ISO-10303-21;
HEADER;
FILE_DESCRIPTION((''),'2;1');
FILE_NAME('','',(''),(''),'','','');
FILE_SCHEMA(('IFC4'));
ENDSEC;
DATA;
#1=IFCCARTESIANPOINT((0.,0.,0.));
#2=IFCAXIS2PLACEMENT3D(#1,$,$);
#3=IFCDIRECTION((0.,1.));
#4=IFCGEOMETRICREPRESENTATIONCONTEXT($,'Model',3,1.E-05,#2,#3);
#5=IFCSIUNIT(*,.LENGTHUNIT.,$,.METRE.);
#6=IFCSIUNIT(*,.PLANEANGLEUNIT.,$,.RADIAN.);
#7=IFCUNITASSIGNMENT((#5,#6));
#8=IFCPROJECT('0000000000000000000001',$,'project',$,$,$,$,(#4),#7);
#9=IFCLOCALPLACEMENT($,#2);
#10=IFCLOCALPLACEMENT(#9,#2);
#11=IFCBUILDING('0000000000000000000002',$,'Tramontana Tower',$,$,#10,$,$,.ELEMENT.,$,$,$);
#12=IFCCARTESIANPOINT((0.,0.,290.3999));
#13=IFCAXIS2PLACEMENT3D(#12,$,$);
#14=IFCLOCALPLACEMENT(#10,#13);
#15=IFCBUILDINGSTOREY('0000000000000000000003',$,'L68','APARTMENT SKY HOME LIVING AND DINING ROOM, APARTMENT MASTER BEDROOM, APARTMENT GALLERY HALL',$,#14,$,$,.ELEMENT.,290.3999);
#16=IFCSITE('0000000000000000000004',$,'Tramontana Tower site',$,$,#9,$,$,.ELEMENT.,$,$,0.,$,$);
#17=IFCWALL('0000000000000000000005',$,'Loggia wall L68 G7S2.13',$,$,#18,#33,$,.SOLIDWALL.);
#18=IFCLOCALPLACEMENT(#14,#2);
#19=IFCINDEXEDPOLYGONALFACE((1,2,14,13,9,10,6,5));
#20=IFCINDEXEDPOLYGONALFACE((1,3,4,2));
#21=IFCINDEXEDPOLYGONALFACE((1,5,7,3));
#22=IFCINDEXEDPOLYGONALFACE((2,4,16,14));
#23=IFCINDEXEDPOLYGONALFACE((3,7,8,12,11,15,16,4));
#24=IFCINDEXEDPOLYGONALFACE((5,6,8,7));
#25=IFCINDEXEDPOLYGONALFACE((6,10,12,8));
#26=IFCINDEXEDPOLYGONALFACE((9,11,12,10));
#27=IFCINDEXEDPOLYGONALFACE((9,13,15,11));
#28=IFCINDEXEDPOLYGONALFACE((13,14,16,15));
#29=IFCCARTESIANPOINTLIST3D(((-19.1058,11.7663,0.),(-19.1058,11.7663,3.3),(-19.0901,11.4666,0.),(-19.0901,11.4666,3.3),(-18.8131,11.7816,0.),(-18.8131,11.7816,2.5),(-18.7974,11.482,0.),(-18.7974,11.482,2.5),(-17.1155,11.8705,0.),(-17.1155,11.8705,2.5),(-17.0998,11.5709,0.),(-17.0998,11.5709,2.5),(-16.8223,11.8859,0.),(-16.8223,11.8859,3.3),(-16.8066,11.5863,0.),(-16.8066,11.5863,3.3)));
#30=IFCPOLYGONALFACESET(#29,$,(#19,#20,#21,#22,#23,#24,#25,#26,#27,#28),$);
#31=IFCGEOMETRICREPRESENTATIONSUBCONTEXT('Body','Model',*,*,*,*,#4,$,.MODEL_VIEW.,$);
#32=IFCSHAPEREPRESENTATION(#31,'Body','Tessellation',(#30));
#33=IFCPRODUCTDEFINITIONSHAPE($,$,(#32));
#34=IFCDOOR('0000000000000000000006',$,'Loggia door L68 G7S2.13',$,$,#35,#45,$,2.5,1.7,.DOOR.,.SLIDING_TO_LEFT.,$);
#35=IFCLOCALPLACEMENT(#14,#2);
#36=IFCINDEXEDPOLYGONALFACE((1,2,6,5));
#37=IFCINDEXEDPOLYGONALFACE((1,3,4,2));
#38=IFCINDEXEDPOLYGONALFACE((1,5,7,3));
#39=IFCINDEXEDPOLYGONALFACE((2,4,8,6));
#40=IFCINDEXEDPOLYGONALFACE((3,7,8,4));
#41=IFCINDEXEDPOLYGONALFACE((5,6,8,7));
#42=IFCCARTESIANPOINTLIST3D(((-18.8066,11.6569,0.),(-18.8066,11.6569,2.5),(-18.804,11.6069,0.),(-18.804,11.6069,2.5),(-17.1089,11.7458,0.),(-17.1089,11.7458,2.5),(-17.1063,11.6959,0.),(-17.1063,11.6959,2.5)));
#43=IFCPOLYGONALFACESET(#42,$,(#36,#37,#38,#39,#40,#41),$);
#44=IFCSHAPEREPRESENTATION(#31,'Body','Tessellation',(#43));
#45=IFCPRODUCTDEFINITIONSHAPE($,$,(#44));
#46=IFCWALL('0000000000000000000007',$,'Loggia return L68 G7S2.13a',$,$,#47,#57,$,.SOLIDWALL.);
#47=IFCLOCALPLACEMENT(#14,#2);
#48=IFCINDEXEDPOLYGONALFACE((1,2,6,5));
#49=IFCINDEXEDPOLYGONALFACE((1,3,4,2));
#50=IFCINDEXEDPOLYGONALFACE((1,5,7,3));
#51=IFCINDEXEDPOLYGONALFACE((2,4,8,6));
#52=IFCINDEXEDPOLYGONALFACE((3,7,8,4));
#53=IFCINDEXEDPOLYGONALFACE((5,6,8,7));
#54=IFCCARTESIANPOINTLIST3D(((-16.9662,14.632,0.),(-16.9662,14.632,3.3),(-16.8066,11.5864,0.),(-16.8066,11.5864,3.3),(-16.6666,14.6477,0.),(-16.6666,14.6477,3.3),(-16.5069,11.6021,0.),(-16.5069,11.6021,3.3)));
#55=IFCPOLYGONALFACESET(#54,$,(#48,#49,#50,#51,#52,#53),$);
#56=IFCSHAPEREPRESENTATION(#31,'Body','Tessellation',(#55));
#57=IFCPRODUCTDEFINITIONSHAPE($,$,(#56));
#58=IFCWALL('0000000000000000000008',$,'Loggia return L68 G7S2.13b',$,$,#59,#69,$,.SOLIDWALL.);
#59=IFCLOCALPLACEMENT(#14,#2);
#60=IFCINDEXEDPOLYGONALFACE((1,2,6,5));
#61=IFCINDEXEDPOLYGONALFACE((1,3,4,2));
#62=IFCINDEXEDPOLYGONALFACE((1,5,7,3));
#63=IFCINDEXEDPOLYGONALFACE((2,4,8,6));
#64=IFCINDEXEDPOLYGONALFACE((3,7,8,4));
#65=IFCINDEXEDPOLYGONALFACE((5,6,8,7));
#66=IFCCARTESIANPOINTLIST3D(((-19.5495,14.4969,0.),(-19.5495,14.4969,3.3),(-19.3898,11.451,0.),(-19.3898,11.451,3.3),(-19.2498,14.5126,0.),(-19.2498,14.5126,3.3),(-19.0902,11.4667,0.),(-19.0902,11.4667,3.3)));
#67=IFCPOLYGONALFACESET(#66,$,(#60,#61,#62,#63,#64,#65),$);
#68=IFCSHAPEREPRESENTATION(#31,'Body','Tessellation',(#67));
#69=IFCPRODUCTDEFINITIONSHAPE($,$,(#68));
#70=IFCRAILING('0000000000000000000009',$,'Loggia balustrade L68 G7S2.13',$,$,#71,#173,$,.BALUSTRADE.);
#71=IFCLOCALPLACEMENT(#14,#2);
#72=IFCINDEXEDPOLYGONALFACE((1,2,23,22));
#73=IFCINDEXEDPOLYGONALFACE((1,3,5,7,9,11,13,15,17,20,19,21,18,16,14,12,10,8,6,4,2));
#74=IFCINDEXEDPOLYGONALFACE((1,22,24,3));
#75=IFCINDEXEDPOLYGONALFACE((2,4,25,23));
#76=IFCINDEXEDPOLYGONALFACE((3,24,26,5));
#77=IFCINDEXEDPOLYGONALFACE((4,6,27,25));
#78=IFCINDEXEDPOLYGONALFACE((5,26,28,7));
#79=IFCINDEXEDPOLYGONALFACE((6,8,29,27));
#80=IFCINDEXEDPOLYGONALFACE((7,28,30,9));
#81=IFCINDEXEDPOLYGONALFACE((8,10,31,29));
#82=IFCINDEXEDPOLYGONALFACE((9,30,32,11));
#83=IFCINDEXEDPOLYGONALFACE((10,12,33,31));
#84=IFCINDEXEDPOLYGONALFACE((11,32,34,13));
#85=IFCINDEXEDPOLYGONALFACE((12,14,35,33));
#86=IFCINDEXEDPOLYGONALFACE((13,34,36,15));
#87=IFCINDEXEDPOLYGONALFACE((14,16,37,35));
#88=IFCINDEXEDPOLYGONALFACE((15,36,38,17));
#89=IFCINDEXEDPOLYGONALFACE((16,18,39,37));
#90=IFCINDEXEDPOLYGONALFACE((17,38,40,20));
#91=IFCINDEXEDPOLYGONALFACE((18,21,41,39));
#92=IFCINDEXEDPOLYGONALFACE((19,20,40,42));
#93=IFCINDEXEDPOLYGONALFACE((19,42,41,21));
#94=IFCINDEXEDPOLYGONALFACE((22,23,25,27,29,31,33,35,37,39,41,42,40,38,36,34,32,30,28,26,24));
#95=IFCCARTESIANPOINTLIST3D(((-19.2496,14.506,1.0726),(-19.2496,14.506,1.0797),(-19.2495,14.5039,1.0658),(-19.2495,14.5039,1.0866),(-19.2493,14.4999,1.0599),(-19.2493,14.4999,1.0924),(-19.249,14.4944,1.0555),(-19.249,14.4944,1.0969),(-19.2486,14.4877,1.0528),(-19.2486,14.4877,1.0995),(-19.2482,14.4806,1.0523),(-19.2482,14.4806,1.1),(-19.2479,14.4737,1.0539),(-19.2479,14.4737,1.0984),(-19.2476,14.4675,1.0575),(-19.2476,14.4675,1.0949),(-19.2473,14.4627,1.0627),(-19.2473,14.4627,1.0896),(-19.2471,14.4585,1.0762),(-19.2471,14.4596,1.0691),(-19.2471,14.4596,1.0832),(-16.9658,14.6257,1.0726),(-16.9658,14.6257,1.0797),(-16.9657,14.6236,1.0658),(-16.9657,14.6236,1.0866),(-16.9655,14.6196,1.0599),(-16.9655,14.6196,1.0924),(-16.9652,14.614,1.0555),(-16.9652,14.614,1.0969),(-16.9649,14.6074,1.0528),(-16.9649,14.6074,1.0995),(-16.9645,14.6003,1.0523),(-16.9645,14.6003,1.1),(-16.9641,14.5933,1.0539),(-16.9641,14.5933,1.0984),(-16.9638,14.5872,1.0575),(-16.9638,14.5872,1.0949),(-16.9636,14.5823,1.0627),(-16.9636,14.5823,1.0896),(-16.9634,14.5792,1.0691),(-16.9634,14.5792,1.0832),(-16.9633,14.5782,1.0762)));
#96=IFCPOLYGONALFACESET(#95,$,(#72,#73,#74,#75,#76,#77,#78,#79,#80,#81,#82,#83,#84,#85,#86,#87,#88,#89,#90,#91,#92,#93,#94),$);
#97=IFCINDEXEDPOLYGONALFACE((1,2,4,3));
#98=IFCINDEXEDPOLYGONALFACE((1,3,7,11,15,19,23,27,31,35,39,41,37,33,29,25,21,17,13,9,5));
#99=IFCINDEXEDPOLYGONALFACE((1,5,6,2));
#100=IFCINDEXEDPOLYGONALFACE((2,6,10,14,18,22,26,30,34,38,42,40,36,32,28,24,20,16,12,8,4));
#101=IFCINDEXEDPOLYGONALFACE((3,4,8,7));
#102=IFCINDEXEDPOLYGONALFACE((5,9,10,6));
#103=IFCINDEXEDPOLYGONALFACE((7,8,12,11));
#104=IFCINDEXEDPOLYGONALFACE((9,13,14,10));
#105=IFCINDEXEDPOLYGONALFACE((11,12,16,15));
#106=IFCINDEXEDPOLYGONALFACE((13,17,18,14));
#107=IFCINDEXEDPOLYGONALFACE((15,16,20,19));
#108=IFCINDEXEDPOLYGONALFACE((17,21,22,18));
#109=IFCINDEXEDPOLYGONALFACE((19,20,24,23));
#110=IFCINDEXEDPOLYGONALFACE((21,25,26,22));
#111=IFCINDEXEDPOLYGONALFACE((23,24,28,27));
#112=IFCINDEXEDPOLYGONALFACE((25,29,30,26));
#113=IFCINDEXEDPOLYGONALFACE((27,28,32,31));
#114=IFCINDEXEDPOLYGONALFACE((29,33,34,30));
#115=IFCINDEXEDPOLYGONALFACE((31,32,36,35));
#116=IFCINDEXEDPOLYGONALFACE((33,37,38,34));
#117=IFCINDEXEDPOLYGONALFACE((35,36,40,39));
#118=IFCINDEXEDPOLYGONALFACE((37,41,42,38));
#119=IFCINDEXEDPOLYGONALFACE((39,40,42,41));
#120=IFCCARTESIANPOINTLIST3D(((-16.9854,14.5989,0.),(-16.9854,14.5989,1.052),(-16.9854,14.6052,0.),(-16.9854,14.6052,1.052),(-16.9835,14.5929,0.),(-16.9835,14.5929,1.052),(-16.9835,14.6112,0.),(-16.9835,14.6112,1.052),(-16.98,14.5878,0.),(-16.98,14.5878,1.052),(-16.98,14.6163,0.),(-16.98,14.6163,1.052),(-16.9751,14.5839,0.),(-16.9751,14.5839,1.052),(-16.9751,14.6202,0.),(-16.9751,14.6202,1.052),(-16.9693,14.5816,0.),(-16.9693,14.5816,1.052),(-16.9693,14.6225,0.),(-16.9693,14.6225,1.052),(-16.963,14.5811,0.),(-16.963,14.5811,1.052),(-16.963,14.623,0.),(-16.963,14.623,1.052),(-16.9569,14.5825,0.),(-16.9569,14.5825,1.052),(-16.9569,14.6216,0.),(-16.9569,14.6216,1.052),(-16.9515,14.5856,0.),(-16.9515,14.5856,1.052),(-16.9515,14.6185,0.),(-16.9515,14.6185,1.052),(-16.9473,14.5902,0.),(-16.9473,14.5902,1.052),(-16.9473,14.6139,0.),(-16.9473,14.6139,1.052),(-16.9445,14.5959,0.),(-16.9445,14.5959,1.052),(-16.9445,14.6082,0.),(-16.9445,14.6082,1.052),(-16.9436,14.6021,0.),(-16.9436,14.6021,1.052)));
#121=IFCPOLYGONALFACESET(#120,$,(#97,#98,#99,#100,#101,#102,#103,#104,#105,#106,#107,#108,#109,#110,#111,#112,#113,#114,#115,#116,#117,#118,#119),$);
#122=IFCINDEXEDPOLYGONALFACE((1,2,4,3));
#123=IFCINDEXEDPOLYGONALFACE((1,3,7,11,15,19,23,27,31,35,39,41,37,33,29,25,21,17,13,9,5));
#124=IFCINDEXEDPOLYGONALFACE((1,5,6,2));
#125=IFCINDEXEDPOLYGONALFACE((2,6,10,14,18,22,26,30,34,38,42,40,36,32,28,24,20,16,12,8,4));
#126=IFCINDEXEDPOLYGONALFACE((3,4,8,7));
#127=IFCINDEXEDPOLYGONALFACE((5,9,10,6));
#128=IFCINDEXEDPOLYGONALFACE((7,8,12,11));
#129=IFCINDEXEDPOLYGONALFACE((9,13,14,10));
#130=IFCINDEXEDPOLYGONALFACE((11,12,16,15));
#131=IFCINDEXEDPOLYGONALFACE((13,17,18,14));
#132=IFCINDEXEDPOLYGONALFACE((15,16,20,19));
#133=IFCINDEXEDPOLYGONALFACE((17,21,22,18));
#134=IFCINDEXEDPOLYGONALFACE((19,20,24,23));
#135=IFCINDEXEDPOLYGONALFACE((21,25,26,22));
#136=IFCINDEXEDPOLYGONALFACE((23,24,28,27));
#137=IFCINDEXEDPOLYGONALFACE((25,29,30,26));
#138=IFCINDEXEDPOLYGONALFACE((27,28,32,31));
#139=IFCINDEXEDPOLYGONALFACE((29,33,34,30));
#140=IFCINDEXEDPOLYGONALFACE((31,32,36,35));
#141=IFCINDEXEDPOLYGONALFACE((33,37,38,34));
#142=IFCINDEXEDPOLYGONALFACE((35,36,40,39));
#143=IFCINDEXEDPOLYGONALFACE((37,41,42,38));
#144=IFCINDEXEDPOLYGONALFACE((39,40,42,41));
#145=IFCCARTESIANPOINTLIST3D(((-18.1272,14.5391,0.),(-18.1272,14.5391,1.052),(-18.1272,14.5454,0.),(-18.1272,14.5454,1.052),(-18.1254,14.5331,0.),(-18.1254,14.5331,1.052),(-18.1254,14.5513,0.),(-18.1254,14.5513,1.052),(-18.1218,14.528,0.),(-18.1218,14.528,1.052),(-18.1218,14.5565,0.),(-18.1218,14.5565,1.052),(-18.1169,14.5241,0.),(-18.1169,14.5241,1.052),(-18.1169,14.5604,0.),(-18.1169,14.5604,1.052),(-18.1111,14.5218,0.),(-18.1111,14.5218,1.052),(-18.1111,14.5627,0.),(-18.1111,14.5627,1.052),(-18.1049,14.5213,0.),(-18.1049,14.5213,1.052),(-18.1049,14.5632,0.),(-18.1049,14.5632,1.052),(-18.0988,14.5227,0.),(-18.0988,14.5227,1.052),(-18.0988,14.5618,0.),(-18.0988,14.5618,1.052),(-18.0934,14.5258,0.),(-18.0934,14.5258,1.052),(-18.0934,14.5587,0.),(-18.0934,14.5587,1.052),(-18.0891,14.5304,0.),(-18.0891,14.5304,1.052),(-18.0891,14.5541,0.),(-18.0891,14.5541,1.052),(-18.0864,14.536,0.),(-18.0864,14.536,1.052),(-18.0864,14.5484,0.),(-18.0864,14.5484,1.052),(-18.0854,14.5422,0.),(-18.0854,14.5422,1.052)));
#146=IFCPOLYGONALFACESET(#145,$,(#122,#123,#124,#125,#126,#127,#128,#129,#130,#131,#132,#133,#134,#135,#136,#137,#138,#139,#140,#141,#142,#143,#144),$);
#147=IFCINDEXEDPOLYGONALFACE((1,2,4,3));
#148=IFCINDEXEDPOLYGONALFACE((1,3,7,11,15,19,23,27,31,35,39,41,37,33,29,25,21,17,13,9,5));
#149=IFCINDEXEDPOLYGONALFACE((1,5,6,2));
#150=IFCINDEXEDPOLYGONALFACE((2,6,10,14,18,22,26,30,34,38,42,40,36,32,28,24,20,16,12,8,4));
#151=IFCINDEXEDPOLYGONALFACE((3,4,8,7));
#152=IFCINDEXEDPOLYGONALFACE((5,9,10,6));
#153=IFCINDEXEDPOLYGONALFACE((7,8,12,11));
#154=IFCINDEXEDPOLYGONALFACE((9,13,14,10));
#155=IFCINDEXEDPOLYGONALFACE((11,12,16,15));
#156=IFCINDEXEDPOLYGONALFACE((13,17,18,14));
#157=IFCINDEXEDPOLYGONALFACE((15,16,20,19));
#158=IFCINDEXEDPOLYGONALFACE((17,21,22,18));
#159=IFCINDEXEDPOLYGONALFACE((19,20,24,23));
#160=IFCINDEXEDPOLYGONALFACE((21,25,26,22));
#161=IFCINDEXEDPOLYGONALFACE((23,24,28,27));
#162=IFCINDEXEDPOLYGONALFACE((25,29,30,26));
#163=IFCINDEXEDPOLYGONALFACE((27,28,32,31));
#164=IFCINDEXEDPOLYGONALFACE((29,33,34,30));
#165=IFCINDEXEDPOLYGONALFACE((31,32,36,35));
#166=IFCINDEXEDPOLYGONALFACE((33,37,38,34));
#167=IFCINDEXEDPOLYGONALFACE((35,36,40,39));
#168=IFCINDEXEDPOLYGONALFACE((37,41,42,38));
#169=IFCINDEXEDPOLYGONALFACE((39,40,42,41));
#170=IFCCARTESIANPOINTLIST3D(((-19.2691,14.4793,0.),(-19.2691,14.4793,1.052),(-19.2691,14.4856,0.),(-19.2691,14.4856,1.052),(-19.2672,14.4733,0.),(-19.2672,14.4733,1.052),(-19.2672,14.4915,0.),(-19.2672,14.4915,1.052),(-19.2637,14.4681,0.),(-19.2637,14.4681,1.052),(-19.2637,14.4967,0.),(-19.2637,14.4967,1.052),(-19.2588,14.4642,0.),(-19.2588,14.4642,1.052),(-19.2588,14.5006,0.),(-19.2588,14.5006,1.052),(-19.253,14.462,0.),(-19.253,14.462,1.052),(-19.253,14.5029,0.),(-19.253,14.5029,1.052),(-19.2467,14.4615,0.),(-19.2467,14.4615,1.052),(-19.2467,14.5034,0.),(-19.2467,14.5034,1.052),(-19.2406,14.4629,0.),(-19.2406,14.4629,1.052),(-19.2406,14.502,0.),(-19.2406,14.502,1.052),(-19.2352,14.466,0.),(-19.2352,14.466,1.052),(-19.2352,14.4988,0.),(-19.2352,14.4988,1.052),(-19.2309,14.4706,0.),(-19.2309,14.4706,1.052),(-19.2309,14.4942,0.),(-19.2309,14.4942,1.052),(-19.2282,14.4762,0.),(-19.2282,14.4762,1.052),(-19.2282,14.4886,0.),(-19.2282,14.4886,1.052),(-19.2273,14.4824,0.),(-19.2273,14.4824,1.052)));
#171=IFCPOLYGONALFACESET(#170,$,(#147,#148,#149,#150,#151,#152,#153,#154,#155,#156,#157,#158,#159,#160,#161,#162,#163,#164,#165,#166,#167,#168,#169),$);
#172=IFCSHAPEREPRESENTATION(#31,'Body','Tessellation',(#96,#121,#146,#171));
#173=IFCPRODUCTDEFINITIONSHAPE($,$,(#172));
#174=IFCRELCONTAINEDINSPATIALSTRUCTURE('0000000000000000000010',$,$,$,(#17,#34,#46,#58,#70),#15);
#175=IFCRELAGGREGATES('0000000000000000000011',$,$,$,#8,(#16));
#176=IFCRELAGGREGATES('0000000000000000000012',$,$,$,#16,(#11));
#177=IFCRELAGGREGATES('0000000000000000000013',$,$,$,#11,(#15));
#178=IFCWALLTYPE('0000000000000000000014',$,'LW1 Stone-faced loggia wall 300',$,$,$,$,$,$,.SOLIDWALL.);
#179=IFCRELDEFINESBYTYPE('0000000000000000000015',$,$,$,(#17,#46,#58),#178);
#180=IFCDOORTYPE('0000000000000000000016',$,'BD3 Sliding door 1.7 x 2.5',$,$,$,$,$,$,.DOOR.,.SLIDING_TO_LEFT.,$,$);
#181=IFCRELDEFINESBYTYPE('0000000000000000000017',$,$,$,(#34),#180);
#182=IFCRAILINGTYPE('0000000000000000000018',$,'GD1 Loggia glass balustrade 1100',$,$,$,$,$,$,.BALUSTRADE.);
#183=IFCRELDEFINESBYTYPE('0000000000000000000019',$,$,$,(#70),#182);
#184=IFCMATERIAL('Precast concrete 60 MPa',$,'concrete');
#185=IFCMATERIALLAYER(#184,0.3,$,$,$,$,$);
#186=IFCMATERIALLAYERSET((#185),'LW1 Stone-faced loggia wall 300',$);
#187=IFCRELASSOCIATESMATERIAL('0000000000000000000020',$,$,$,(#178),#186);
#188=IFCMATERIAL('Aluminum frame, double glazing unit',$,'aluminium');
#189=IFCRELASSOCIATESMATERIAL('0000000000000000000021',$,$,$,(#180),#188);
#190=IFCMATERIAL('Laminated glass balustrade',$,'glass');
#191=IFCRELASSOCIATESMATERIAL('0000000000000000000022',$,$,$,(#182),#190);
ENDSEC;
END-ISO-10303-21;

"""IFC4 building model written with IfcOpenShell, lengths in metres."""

from ifc_helpers import new_model, si_unit, direction, frame, frame_2d, origin, origin_2d, place, context, subcontext, project, spatial, rectangle, circle, extrude, material, layer, layer_set, type_object, element, fill, save


model = new_model("IFC4")

# Units and contexts
model_context = context("Model", 3, precision=1e-05, world=origin(), true_north=direction((0.0, 1.0)))
body_context = subcontext(model_context, "Body", "Model", "MODEL_VIEW")
ifc_project = project(units=[si_unit("LENGTHUNIT", "METRE"), si_unit("PLANEANGLEUNIT", "RADIAN")], contexts=[model_context])

# Site, building, storey
site_placement = place(None, origin())
site = spatial("IfcSite", under=ifc_project, at=site_placement, Name="Tramontana Tower site", CompositionType="ELEMENT", RefElevation=0.0)
building_placement = place(site_placement, origin())
building = spatial("IfcBuilding", under=site, at=building_placement, Name="Tramontana Tower", CompositionType="ELEMENT")
storey_placement = place(building_placement, frame((0.0, 0.0, 290.3999)))
storey = spatial("IfcBuildingStorey", under=building, at=storey_placement, Name="L68", Description="APARTMENT SKY HOME LIVING AND DINING ROOM, APARTMENT MASTER BEDROOM, APARTMENT GALLERY HALL", CompositionType="ELEMENT", Elevation=290.3999)

# Wall, opening, door
ifc_material_1 = material(Name="Precast concrete 60 MPa", Category="concrete")
ifc_layer_1 = layer(ifc_material_1, 0.3)
ifc_layer_set_1 = layer_set([ifc_layer_1], Name="LW1 Stone-faced loggia wall 300")
wall_type_1 = type_object("IfcWallType", Name="LW1 Stone-faced loggia wall 300", PredefinedType="SOLIDWALL", material=ifc_layer_set_1)
wall_1_placement = place(storey_placement, frame((-16.8145, 11.7361, 0.0), z_axis=(0.0, 0.0, 1.0), x_axis=(-0.99863, -0.052318, 0.0)))
wall_1 = element("IfcWall", 1, at=wall_1_placement, inside=storey, type_object=wall_type_1, Name="Loggia wall L68 G7S2.13", PredefinedType="SOLIDWALL", context=body_context, shape_type="SweptSolid", body=[
    extrude(rectangle(XDim=2.2866, YDim=0.3, at=frame_2d((1.1433, 0.0))), origin(), (0.0, 0.0, 1.0), 3.3),
])
opening_1_placement = place(wall_1_placement, frame((0.2935, 0.0, 0.0)))
opening_1 = element("IfcOpeningElement", 2, at=opening_1_placement, cuts=wall_1, PredefinedType="OPENING", context=body_context, shape_type="SweptSolid", body=[
    extrude(rectangle(XDim=1.7, YDim=2.5, at=frame_2d((0.8501, 1.25))), frame((0.0, 0.1599, 0.0), z_axis=(0.0, -1.0, 0.0), x_axis=(1.0, 0.0, 0.0)), (0.0, 0.0, 1.0), 0.3201),
])
ifc_material_2 = material(Name="Aluminum frame, double glazing unit", Category="aluminium")
door_type_1 = type_object("IfcDoorType", Name="BD3 Sliding door 1.7 x 2.5", OperationType="SLIDING_TO_LEFT", PredefinedType="DOOR", material=ifc_material_2)
door_1_placement = place(opening_1_placement, origin())
door_1 = element("IfcDoor", 3, at=door_1_placement, inside=storey, type_object=door_type_1, Name="Loggia door L68 G7S2.13", OperationType="SLIDING_TO_LEFT", OverallHeight=2.5, OverallWidth=1.7, PredefinedType="DOOR", context=body_context, shape_type="SweptSolid", body=[
    extrude(rectangle(XDim=1.7, YDim=2.5, at=frame_2d((0.8501, 1.25))), frame((0.0, 0.0249, 0.0), z_axis=(0.0, -1.0, 0.0), x_axis=(1.0, 0.0, 0.0)), (0.0, 0.0, 1.0), 0.05),
])
fill(opening_1, door_1)

# Walls
wall_2_placement = place(storey_placement, frame((-16.8164, 14.6399, 0.0), z_axis=(0.0, 0.0, 1.0), x_axis=(0.052353, -0.998629, 0.0)))
element("IfcWall", 4, at=wall_2_placement, inside=storey, type_object=wall_type_1, Name="Loggia return L68 G7S2.13a", PredefinedType="SOLIDWALL", context=body_context, shape_type="SweptSolid", body=[
    extrude(rectangle(XDim=3.0498, YDim=0.3, at=frame_2d((1.5249, 0.0))), origin(), (0.0, 0.0, 1.0), 3.3),
])
wall_3_placement = place(storey_placement, frame((-19.3997, 14.5046, 0.0), z_axis=(0.0, 0.0, 1.0), x_axis=(0.052349, -0.998629, 0.0)))
element("IfcWall", 5, at=wall_3_placement, inside=storey, type_object=wall_type_1, Name="Loggia return L68 G7S2.13b", PredefinedType="SOLIDWALL", context=body_context, shape_type="SweptSolid", body=[
    extrude(rectangle(XDim=3.05, YDim=0.3, at=frame_2d((1.5249, 0.0))), origin(), (0.0, 0.0, 1.0), 3.3),
])

# Railing
ifc_material_3 = material(Name="Laminated glass balustrade", Category="glass")
railing_type = type_object("IfcRailingType", Name="GD1 Loggia glass balustrade 1100", PredefinedType="BALUSTRADE", material=ifc_material_3)
railing_1_placement = place(storey_placement, frame((-16.9646, 14.6021, 0.0)))
element("IfcRailing", 6, at=railing_1_placement, inside=storey, type_object=railing_type, Name="Loggia balustrade L68 G7S2.13", PredefinedType="BALUSTRADE", context=body_context, shape_type="SweptSolid", body=[
    extrude(circle(Radius=0.0239, at=origin_2d()), frame((0.0, 0.0, 1.0762), z_axis=(-0.998631, -0.052312, 0.0), x_axis=(0.052312, -0.998631, 0.0)), (0.0, 0.0, 1.0), 2.2869),
    extrude(circle(Radius=0.021, at=origin_2d()), origin(), (0.0, 0.0, 1.0), 1.052),
    extrude(circle(Radius=0.021, at=origin_2d()), frame((-1.1418, -0.0598, 0.0)), (0.0, 0.0, 1.0), 1.052),
    extrude(circle(Radius=0.021, at=origin_2d()), frame((-2.2837, -0.1196, 0.0)), (0.0, 0.0, 1.0), 1.052),
])

save(model, "model.ifc")
